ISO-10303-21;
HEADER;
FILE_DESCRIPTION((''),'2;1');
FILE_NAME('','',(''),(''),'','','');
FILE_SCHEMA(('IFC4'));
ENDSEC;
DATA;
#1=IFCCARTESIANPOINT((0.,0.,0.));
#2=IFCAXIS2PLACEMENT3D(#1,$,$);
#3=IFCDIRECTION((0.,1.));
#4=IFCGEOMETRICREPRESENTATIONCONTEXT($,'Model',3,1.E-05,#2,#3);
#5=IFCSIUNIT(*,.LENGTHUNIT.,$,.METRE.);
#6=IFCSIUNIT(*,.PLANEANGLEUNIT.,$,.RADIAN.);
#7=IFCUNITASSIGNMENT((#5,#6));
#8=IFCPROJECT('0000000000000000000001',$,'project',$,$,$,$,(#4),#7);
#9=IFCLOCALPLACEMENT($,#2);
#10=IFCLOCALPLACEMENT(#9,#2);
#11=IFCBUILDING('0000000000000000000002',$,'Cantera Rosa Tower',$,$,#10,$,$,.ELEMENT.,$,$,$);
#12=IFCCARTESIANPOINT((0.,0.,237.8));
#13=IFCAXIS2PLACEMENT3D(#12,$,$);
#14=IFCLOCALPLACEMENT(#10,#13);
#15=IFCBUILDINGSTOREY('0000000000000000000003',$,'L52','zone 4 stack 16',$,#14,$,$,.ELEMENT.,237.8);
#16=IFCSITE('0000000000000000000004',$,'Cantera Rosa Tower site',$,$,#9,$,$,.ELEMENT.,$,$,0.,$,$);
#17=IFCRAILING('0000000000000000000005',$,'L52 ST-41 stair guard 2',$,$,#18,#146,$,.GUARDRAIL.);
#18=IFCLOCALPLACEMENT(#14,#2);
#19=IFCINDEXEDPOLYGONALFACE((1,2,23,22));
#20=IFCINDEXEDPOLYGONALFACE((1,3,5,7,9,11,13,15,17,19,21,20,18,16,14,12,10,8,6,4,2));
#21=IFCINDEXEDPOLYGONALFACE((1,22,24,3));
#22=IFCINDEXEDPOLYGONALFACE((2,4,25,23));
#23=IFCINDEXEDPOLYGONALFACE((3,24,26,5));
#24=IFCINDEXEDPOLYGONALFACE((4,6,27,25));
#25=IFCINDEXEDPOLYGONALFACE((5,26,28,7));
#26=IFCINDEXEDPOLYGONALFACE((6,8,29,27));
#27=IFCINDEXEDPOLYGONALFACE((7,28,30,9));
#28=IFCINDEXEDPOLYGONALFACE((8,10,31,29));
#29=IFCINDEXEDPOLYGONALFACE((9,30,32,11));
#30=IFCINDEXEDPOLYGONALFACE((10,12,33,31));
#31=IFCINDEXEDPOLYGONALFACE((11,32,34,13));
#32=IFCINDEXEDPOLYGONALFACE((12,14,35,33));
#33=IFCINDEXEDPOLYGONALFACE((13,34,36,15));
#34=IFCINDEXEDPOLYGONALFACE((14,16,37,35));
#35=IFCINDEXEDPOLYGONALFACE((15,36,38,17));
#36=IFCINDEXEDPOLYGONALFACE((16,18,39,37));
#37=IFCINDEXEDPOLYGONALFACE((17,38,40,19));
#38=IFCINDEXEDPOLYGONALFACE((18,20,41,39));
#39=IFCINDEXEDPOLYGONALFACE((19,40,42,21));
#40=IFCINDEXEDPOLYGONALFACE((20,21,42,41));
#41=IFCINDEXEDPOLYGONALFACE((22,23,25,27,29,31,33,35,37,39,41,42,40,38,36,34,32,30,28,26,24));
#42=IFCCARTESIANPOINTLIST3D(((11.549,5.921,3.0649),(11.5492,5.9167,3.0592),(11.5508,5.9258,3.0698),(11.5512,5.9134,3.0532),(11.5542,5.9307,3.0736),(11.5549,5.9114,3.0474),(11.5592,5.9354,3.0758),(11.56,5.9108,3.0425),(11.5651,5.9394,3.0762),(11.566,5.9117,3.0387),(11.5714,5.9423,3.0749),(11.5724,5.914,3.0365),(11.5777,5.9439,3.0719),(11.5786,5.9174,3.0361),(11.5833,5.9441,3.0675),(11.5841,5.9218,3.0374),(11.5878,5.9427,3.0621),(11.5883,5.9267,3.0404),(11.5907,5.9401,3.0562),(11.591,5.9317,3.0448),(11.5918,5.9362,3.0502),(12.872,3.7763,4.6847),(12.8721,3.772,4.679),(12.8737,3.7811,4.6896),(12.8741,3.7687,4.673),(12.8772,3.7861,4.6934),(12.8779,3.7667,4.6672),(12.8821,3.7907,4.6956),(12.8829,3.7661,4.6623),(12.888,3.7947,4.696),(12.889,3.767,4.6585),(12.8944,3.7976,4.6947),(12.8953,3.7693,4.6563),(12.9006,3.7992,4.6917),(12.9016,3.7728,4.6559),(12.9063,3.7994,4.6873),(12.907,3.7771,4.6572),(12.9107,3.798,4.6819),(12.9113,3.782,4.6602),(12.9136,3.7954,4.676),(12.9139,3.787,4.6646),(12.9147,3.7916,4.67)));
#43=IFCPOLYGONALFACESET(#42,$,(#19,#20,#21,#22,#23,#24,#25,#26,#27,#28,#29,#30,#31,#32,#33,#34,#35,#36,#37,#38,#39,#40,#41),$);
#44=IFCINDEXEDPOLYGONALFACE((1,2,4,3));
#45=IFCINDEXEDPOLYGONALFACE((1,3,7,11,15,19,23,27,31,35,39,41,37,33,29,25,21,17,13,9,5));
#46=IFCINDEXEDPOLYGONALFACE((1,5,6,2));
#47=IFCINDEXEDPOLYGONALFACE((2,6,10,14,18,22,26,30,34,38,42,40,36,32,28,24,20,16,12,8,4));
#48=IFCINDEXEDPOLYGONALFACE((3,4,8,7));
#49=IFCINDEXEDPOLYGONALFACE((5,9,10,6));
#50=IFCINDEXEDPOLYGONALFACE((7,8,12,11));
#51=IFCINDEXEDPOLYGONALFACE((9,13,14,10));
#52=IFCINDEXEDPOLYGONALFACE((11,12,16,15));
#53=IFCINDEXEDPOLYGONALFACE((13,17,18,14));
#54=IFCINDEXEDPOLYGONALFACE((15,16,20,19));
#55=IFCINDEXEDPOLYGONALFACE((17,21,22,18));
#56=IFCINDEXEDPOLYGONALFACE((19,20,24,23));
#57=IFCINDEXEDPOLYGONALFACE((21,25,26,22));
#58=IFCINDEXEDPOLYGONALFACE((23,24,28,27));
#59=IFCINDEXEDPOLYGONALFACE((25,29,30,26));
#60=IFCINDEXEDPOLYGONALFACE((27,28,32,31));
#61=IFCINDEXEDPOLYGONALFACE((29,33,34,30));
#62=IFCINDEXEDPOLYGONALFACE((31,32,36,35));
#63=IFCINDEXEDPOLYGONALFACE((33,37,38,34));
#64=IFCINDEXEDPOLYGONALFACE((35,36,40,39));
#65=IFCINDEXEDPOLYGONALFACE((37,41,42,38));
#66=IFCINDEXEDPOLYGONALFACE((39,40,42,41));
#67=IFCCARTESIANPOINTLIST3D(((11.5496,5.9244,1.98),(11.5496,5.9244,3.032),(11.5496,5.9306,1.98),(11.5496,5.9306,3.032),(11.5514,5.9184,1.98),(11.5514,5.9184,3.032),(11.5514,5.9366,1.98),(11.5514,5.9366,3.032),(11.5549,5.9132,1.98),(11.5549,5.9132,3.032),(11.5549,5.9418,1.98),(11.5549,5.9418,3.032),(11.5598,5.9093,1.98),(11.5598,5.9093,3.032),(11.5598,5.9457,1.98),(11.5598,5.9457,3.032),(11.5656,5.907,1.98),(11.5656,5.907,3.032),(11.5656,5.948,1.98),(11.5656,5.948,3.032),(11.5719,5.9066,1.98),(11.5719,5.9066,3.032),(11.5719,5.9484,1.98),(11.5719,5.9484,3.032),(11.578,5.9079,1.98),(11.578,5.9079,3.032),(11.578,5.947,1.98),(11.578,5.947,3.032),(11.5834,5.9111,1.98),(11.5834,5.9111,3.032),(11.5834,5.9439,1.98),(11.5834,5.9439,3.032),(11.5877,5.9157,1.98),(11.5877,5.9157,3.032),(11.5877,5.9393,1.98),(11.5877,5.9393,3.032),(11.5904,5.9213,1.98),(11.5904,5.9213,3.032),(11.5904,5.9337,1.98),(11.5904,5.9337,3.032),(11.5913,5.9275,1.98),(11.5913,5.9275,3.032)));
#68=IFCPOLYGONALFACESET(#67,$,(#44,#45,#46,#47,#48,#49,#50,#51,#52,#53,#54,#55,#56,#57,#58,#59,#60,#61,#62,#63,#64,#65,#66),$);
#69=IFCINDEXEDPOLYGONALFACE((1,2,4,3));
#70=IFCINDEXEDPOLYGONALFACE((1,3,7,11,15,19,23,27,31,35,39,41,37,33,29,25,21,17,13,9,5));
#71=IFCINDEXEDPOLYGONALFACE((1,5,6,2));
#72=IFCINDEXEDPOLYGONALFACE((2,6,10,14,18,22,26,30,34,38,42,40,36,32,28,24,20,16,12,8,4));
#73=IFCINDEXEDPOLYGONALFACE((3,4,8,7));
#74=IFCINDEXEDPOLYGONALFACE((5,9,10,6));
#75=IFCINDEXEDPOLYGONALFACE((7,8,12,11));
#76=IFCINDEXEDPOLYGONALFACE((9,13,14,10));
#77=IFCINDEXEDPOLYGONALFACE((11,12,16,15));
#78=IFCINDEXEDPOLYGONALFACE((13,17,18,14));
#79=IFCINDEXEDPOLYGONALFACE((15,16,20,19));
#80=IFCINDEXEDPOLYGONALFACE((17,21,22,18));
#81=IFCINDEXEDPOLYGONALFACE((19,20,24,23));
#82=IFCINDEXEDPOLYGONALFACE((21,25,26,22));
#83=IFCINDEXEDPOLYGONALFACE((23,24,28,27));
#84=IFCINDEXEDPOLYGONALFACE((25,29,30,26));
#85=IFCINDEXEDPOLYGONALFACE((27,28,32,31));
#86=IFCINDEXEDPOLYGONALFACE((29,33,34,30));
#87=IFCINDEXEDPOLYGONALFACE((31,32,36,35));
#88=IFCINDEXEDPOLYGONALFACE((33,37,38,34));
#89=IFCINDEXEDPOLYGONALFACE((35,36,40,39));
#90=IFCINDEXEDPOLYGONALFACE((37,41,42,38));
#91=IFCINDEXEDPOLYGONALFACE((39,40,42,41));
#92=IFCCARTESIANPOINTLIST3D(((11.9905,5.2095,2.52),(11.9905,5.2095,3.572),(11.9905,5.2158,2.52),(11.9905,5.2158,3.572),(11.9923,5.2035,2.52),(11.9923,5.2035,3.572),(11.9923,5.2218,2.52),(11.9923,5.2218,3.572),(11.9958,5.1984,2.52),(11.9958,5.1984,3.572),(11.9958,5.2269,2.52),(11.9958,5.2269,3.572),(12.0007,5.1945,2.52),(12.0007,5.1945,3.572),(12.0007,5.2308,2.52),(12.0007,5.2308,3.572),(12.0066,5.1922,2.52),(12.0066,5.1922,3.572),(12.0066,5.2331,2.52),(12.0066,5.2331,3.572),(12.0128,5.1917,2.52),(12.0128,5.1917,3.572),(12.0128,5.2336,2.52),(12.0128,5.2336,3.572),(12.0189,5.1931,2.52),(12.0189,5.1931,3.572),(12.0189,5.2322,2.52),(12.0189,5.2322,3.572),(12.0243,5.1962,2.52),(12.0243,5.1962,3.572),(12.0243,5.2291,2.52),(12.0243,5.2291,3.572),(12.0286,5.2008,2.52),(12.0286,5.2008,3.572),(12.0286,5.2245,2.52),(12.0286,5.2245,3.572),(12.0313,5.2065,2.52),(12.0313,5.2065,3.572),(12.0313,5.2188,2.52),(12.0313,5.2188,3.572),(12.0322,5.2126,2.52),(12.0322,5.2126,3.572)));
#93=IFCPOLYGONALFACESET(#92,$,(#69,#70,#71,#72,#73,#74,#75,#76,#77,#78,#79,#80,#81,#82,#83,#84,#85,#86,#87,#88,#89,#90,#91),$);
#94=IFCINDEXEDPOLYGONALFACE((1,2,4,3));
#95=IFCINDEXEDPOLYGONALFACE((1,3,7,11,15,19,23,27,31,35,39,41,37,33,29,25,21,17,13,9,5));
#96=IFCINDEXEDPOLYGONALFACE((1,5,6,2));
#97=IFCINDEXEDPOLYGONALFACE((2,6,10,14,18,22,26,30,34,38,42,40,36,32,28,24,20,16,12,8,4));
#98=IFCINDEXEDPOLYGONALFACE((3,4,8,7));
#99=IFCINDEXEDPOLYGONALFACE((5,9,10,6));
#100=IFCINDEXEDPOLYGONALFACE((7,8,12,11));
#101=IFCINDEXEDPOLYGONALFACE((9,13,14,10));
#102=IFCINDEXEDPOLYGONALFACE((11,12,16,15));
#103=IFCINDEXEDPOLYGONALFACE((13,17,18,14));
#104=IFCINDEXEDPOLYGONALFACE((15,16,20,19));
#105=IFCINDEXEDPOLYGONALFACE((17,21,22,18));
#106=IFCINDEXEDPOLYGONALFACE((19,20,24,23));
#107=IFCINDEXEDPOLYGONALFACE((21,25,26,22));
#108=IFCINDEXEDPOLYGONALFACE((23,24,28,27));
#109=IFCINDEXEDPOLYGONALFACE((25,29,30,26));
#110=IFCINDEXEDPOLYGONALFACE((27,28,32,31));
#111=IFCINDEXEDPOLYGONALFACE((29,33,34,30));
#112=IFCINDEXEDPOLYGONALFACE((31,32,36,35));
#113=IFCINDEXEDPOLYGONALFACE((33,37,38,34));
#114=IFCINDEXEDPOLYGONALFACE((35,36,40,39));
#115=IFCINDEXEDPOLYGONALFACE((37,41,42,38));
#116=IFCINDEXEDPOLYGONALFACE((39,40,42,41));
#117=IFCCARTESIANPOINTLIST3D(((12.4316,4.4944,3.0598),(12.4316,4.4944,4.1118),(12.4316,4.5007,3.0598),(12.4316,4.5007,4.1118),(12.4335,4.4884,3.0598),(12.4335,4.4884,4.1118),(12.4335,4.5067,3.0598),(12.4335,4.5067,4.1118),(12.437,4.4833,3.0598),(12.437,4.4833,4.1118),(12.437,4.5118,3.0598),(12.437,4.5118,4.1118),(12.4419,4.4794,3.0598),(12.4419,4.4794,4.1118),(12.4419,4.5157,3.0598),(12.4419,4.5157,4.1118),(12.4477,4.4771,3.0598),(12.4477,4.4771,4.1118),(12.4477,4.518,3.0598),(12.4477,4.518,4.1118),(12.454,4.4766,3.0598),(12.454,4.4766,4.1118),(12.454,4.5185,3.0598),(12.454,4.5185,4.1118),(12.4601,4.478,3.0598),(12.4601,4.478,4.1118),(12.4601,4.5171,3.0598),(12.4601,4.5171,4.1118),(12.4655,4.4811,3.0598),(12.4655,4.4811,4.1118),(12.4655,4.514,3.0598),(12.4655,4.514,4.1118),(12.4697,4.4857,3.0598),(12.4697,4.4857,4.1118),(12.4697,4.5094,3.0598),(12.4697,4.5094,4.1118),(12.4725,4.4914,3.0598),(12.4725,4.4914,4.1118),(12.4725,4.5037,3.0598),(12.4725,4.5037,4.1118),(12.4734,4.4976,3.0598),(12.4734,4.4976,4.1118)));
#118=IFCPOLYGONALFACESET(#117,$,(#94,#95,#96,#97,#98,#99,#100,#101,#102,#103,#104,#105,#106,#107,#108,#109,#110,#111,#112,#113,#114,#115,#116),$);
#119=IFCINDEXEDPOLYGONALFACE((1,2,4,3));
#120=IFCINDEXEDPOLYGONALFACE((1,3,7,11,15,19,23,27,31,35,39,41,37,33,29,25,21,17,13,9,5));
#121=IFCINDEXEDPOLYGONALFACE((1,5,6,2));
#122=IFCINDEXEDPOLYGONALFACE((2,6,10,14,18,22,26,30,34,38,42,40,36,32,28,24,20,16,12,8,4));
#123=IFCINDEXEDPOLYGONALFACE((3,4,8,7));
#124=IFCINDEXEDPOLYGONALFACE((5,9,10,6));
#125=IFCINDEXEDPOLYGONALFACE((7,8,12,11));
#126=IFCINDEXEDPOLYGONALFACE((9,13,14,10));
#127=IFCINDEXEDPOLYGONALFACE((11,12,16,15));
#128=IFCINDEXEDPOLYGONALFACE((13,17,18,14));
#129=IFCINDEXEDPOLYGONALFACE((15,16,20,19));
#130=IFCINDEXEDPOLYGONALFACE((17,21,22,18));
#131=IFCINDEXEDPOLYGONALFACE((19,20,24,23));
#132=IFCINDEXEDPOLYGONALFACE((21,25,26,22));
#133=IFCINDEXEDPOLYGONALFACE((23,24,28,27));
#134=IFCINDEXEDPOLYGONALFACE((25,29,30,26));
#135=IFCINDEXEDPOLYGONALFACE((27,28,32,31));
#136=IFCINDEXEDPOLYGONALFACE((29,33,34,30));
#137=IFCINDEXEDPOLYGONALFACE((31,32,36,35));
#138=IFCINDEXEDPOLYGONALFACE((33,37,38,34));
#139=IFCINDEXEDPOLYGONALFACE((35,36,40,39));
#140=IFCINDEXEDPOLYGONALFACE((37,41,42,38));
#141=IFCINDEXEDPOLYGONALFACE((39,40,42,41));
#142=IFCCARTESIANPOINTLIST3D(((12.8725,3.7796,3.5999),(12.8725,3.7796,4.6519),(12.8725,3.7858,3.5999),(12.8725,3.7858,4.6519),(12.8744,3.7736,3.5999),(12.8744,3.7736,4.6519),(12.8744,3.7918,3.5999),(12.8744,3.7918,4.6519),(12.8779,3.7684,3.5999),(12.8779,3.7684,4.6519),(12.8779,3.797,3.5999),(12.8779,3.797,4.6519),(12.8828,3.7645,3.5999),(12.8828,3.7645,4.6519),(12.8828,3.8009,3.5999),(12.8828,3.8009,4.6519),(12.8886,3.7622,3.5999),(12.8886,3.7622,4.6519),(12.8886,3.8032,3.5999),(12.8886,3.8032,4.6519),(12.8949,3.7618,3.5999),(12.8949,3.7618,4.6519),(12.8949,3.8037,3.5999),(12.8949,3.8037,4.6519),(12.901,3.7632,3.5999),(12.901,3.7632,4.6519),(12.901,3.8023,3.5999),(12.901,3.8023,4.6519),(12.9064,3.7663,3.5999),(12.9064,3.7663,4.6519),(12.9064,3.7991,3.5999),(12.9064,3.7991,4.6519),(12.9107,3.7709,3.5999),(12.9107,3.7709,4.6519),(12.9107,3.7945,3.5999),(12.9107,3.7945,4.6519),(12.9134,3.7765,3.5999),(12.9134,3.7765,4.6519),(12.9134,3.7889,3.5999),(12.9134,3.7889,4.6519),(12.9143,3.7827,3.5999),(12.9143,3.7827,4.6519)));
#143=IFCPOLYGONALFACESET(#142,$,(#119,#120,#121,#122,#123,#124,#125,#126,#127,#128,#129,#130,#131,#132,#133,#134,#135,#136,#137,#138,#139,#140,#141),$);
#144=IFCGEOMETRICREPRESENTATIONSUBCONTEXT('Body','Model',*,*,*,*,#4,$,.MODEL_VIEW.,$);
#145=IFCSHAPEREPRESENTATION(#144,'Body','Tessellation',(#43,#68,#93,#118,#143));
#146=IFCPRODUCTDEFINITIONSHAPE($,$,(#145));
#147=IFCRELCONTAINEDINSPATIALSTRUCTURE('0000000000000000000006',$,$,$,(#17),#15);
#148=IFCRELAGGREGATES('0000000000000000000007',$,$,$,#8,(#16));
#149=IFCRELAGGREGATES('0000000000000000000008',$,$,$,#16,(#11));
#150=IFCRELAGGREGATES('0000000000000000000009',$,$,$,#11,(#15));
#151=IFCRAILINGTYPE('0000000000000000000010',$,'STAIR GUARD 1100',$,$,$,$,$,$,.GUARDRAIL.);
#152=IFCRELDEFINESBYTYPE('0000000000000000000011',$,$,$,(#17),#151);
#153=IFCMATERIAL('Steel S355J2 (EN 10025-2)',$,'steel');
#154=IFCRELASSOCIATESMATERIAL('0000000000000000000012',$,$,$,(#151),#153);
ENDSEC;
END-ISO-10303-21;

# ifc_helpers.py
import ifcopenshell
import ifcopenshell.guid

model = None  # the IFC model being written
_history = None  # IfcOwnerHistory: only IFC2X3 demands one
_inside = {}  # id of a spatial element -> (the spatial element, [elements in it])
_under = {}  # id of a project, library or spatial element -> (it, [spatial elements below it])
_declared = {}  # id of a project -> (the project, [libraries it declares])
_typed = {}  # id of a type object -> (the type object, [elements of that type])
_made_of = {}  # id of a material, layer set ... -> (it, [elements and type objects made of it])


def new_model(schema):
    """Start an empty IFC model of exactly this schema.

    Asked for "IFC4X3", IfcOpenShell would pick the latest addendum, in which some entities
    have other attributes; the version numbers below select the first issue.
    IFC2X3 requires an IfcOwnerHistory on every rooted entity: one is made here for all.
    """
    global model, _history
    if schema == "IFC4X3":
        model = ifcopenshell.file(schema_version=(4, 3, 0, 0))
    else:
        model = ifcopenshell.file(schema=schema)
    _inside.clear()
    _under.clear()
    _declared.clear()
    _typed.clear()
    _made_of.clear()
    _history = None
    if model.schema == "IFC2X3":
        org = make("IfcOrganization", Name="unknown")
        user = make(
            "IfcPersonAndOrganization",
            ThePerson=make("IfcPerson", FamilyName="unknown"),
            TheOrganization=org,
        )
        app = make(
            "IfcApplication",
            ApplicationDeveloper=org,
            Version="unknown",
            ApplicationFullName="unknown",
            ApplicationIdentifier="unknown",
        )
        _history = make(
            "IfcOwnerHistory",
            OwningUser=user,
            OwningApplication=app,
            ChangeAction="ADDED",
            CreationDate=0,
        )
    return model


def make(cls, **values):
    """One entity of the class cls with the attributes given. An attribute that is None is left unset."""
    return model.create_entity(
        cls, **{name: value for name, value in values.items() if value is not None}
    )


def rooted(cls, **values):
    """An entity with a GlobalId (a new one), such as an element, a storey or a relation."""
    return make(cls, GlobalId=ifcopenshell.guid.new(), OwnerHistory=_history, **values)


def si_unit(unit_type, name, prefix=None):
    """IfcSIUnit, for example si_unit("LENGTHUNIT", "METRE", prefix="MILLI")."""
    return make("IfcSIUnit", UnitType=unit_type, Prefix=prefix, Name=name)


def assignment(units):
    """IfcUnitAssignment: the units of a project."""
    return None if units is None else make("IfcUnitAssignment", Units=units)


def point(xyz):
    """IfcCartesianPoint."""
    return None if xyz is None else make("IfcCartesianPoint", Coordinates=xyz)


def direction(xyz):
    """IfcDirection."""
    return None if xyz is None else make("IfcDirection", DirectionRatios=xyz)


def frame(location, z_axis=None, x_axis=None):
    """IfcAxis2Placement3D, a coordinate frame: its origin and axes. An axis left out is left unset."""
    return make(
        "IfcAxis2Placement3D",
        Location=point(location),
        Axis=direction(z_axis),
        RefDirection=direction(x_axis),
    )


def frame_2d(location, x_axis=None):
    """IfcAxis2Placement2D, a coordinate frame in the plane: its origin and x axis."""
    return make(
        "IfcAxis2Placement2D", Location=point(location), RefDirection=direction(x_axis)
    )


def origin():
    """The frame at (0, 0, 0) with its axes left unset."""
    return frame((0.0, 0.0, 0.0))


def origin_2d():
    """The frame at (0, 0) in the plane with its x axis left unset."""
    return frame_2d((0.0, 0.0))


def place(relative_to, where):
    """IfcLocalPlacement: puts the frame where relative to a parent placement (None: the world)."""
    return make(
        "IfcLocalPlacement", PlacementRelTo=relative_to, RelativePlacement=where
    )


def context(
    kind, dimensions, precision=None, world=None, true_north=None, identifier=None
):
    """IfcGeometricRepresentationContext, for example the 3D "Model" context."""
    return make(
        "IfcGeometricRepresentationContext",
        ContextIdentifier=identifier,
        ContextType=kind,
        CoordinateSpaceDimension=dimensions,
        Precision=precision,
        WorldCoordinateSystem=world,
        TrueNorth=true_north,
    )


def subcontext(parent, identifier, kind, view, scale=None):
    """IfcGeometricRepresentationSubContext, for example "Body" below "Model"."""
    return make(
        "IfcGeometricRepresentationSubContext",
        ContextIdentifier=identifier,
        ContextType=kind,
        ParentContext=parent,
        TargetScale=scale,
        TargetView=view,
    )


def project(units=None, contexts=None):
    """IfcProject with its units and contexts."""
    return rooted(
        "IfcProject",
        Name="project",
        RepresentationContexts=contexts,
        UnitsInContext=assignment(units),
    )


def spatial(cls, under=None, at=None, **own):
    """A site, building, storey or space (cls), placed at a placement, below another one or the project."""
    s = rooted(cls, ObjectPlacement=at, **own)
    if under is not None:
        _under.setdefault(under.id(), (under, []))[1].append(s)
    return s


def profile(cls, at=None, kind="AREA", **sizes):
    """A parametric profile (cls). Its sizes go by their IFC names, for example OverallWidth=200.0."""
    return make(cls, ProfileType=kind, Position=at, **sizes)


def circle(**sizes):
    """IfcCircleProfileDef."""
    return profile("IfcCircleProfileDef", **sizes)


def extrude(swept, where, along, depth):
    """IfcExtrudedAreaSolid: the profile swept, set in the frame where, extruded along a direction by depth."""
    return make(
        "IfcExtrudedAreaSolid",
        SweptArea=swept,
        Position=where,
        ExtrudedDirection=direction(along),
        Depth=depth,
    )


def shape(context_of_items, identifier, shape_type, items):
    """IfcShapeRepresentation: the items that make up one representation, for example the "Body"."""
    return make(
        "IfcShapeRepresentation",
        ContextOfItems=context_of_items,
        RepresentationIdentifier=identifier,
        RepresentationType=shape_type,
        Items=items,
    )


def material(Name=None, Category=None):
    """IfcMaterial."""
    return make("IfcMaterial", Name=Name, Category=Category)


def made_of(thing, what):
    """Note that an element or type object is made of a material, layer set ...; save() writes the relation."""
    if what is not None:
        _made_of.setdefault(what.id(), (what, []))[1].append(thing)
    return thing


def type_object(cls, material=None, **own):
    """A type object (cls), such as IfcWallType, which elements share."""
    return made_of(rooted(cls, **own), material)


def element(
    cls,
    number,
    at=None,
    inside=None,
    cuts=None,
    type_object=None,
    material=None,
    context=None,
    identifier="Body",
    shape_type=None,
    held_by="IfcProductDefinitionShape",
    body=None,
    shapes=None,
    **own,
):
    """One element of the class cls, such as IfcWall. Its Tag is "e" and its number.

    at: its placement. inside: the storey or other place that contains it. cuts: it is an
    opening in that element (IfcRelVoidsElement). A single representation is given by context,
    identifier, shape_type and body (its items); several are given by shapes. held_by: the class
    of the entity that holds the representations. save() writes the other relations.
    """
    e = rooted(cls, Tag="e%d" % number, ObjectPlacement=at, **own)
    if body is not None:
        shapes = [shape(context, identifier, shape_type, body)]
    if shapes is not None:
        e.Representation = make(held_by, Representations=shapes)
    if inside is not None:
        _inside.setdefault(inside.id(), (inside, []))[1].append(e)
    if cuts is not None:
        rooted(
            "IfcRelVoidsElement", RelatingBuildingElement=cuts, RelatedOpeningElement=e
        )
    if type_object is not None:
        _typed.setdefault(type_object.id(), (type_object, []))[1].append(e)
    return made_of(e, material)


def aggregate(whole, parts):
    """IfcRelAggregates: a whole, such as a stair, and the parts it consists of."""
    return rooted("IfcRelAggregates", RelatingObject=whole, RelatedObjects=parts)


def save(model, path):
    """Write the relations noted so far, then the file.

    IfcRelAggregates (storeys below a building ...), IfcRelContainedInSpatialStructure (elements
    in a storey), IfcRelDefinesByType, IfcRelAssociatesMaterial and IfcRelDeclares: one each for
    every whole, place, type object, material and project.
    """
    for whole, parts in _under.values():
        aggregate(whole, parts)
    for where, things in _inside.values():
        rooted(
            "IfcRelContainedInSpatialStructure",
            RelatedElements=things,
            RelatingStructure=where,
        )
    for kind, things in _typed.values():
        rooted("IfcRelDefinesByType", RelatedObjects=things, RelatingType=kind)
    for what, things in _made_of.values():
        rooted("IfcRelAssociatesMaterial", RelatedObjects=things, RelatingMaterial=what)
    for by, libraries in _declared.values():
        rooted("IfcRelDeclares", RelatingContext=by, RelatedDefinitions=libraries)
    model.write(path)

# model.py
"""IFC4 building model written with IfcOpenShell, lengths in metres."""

from ifc_helpers import new_model, si_unit, direction, frame, origin, origin_2d, place, context, subcontext, project, spatial, circle, extrude, material, type_object, element, save


model = new_model("IFC4")

# Units and contexts
model_context = context("Model", 3, precision=1e-05, world=origin(), true_north=direction((0.0, 1.0)))
body_context = subcontext(model_context, "Body", "Model", "MODEL_VIEW")
ifc_project = project(units=[si_unit("LENGTHUNIT", "METRE"), si_unit("PLANEANGLEUNIT", "RADIAN")], contexts=[model_context])

# Site, building, storey
site_placement = place(None, origin())
site = spatial("IfcSite", under=ifc_project, at=site_placement, Name="Cantera Rosa Tower site", CompositionType="ELEMENT", RefElevation=0.0)
building_placement = place(site_placement, origin())
building = spatial("IfcBuilding", under=site, at=building_placement, Name="Cantera Rosa Tower", CompositionType="ELEMENT")
storey_placement = place(building_placement, frame((0.0, 0.0, 237.8)))
storey = spatial("IfcBuildingStorey", under=building, at=storey_placement, Name="L52", Description="zone 4 stack 16", CompositionType="ELEMENT", Elevation=237.8)

# Railing
ifc_material_1 = material(Name="Steel S355J2 (EN 10025-2)", Category="steel")
railing_type_1 = type_object("IfcRailingType", Name="STAIR GUARD 1100", PredefinedType="GUARDRAIL", material=ifc_material_1)
railing_1_placement = place(storey_placement, frame((11.5703, 5.9275, 1.98)))
element("IfcRailing", 1, at=railing_1_placement, inside=storey, type_object=railing_type_1, Name="L52 ST-41 stair guard 2", PredefinedType="GUARDRAIL", context=body_context, shape_type="SweptSolid", body=[
    extrude(circle(Radius=0.0239, at=origin_2d()), frame((0.0, 0.0, 1.0762), z_axis=(0.441629, -0.715945, 0.540728), x_axis=(0.851102, 0.525, 0.0)), (0.0, 0.0, 1.0), 2.9956),
    extrude(circle(Radius=0.021, at=origin_2d()), origin(), (0.0, 0.0, 1.0), 1.052),
    extrude(circle(Radius=0.021, at=origin_2d()), frame((0.4409, -0.7148, 0.54)), (0.0, 0.0, 1.0), 1.052),
    extrude(circle(Radius=0.021, at=origin_2d()), frame((0.8821, -1.4299, 1.0798)), (0.0, 0.0, 1.0), 1.052),
    extrude(circle(Radius=0.021, at=origin_2d()), frame((1.323, -2.1448, 1.6199)), (0.0, 0.0, 1.0), 1.052),
])

save(model, "model.ifc")
